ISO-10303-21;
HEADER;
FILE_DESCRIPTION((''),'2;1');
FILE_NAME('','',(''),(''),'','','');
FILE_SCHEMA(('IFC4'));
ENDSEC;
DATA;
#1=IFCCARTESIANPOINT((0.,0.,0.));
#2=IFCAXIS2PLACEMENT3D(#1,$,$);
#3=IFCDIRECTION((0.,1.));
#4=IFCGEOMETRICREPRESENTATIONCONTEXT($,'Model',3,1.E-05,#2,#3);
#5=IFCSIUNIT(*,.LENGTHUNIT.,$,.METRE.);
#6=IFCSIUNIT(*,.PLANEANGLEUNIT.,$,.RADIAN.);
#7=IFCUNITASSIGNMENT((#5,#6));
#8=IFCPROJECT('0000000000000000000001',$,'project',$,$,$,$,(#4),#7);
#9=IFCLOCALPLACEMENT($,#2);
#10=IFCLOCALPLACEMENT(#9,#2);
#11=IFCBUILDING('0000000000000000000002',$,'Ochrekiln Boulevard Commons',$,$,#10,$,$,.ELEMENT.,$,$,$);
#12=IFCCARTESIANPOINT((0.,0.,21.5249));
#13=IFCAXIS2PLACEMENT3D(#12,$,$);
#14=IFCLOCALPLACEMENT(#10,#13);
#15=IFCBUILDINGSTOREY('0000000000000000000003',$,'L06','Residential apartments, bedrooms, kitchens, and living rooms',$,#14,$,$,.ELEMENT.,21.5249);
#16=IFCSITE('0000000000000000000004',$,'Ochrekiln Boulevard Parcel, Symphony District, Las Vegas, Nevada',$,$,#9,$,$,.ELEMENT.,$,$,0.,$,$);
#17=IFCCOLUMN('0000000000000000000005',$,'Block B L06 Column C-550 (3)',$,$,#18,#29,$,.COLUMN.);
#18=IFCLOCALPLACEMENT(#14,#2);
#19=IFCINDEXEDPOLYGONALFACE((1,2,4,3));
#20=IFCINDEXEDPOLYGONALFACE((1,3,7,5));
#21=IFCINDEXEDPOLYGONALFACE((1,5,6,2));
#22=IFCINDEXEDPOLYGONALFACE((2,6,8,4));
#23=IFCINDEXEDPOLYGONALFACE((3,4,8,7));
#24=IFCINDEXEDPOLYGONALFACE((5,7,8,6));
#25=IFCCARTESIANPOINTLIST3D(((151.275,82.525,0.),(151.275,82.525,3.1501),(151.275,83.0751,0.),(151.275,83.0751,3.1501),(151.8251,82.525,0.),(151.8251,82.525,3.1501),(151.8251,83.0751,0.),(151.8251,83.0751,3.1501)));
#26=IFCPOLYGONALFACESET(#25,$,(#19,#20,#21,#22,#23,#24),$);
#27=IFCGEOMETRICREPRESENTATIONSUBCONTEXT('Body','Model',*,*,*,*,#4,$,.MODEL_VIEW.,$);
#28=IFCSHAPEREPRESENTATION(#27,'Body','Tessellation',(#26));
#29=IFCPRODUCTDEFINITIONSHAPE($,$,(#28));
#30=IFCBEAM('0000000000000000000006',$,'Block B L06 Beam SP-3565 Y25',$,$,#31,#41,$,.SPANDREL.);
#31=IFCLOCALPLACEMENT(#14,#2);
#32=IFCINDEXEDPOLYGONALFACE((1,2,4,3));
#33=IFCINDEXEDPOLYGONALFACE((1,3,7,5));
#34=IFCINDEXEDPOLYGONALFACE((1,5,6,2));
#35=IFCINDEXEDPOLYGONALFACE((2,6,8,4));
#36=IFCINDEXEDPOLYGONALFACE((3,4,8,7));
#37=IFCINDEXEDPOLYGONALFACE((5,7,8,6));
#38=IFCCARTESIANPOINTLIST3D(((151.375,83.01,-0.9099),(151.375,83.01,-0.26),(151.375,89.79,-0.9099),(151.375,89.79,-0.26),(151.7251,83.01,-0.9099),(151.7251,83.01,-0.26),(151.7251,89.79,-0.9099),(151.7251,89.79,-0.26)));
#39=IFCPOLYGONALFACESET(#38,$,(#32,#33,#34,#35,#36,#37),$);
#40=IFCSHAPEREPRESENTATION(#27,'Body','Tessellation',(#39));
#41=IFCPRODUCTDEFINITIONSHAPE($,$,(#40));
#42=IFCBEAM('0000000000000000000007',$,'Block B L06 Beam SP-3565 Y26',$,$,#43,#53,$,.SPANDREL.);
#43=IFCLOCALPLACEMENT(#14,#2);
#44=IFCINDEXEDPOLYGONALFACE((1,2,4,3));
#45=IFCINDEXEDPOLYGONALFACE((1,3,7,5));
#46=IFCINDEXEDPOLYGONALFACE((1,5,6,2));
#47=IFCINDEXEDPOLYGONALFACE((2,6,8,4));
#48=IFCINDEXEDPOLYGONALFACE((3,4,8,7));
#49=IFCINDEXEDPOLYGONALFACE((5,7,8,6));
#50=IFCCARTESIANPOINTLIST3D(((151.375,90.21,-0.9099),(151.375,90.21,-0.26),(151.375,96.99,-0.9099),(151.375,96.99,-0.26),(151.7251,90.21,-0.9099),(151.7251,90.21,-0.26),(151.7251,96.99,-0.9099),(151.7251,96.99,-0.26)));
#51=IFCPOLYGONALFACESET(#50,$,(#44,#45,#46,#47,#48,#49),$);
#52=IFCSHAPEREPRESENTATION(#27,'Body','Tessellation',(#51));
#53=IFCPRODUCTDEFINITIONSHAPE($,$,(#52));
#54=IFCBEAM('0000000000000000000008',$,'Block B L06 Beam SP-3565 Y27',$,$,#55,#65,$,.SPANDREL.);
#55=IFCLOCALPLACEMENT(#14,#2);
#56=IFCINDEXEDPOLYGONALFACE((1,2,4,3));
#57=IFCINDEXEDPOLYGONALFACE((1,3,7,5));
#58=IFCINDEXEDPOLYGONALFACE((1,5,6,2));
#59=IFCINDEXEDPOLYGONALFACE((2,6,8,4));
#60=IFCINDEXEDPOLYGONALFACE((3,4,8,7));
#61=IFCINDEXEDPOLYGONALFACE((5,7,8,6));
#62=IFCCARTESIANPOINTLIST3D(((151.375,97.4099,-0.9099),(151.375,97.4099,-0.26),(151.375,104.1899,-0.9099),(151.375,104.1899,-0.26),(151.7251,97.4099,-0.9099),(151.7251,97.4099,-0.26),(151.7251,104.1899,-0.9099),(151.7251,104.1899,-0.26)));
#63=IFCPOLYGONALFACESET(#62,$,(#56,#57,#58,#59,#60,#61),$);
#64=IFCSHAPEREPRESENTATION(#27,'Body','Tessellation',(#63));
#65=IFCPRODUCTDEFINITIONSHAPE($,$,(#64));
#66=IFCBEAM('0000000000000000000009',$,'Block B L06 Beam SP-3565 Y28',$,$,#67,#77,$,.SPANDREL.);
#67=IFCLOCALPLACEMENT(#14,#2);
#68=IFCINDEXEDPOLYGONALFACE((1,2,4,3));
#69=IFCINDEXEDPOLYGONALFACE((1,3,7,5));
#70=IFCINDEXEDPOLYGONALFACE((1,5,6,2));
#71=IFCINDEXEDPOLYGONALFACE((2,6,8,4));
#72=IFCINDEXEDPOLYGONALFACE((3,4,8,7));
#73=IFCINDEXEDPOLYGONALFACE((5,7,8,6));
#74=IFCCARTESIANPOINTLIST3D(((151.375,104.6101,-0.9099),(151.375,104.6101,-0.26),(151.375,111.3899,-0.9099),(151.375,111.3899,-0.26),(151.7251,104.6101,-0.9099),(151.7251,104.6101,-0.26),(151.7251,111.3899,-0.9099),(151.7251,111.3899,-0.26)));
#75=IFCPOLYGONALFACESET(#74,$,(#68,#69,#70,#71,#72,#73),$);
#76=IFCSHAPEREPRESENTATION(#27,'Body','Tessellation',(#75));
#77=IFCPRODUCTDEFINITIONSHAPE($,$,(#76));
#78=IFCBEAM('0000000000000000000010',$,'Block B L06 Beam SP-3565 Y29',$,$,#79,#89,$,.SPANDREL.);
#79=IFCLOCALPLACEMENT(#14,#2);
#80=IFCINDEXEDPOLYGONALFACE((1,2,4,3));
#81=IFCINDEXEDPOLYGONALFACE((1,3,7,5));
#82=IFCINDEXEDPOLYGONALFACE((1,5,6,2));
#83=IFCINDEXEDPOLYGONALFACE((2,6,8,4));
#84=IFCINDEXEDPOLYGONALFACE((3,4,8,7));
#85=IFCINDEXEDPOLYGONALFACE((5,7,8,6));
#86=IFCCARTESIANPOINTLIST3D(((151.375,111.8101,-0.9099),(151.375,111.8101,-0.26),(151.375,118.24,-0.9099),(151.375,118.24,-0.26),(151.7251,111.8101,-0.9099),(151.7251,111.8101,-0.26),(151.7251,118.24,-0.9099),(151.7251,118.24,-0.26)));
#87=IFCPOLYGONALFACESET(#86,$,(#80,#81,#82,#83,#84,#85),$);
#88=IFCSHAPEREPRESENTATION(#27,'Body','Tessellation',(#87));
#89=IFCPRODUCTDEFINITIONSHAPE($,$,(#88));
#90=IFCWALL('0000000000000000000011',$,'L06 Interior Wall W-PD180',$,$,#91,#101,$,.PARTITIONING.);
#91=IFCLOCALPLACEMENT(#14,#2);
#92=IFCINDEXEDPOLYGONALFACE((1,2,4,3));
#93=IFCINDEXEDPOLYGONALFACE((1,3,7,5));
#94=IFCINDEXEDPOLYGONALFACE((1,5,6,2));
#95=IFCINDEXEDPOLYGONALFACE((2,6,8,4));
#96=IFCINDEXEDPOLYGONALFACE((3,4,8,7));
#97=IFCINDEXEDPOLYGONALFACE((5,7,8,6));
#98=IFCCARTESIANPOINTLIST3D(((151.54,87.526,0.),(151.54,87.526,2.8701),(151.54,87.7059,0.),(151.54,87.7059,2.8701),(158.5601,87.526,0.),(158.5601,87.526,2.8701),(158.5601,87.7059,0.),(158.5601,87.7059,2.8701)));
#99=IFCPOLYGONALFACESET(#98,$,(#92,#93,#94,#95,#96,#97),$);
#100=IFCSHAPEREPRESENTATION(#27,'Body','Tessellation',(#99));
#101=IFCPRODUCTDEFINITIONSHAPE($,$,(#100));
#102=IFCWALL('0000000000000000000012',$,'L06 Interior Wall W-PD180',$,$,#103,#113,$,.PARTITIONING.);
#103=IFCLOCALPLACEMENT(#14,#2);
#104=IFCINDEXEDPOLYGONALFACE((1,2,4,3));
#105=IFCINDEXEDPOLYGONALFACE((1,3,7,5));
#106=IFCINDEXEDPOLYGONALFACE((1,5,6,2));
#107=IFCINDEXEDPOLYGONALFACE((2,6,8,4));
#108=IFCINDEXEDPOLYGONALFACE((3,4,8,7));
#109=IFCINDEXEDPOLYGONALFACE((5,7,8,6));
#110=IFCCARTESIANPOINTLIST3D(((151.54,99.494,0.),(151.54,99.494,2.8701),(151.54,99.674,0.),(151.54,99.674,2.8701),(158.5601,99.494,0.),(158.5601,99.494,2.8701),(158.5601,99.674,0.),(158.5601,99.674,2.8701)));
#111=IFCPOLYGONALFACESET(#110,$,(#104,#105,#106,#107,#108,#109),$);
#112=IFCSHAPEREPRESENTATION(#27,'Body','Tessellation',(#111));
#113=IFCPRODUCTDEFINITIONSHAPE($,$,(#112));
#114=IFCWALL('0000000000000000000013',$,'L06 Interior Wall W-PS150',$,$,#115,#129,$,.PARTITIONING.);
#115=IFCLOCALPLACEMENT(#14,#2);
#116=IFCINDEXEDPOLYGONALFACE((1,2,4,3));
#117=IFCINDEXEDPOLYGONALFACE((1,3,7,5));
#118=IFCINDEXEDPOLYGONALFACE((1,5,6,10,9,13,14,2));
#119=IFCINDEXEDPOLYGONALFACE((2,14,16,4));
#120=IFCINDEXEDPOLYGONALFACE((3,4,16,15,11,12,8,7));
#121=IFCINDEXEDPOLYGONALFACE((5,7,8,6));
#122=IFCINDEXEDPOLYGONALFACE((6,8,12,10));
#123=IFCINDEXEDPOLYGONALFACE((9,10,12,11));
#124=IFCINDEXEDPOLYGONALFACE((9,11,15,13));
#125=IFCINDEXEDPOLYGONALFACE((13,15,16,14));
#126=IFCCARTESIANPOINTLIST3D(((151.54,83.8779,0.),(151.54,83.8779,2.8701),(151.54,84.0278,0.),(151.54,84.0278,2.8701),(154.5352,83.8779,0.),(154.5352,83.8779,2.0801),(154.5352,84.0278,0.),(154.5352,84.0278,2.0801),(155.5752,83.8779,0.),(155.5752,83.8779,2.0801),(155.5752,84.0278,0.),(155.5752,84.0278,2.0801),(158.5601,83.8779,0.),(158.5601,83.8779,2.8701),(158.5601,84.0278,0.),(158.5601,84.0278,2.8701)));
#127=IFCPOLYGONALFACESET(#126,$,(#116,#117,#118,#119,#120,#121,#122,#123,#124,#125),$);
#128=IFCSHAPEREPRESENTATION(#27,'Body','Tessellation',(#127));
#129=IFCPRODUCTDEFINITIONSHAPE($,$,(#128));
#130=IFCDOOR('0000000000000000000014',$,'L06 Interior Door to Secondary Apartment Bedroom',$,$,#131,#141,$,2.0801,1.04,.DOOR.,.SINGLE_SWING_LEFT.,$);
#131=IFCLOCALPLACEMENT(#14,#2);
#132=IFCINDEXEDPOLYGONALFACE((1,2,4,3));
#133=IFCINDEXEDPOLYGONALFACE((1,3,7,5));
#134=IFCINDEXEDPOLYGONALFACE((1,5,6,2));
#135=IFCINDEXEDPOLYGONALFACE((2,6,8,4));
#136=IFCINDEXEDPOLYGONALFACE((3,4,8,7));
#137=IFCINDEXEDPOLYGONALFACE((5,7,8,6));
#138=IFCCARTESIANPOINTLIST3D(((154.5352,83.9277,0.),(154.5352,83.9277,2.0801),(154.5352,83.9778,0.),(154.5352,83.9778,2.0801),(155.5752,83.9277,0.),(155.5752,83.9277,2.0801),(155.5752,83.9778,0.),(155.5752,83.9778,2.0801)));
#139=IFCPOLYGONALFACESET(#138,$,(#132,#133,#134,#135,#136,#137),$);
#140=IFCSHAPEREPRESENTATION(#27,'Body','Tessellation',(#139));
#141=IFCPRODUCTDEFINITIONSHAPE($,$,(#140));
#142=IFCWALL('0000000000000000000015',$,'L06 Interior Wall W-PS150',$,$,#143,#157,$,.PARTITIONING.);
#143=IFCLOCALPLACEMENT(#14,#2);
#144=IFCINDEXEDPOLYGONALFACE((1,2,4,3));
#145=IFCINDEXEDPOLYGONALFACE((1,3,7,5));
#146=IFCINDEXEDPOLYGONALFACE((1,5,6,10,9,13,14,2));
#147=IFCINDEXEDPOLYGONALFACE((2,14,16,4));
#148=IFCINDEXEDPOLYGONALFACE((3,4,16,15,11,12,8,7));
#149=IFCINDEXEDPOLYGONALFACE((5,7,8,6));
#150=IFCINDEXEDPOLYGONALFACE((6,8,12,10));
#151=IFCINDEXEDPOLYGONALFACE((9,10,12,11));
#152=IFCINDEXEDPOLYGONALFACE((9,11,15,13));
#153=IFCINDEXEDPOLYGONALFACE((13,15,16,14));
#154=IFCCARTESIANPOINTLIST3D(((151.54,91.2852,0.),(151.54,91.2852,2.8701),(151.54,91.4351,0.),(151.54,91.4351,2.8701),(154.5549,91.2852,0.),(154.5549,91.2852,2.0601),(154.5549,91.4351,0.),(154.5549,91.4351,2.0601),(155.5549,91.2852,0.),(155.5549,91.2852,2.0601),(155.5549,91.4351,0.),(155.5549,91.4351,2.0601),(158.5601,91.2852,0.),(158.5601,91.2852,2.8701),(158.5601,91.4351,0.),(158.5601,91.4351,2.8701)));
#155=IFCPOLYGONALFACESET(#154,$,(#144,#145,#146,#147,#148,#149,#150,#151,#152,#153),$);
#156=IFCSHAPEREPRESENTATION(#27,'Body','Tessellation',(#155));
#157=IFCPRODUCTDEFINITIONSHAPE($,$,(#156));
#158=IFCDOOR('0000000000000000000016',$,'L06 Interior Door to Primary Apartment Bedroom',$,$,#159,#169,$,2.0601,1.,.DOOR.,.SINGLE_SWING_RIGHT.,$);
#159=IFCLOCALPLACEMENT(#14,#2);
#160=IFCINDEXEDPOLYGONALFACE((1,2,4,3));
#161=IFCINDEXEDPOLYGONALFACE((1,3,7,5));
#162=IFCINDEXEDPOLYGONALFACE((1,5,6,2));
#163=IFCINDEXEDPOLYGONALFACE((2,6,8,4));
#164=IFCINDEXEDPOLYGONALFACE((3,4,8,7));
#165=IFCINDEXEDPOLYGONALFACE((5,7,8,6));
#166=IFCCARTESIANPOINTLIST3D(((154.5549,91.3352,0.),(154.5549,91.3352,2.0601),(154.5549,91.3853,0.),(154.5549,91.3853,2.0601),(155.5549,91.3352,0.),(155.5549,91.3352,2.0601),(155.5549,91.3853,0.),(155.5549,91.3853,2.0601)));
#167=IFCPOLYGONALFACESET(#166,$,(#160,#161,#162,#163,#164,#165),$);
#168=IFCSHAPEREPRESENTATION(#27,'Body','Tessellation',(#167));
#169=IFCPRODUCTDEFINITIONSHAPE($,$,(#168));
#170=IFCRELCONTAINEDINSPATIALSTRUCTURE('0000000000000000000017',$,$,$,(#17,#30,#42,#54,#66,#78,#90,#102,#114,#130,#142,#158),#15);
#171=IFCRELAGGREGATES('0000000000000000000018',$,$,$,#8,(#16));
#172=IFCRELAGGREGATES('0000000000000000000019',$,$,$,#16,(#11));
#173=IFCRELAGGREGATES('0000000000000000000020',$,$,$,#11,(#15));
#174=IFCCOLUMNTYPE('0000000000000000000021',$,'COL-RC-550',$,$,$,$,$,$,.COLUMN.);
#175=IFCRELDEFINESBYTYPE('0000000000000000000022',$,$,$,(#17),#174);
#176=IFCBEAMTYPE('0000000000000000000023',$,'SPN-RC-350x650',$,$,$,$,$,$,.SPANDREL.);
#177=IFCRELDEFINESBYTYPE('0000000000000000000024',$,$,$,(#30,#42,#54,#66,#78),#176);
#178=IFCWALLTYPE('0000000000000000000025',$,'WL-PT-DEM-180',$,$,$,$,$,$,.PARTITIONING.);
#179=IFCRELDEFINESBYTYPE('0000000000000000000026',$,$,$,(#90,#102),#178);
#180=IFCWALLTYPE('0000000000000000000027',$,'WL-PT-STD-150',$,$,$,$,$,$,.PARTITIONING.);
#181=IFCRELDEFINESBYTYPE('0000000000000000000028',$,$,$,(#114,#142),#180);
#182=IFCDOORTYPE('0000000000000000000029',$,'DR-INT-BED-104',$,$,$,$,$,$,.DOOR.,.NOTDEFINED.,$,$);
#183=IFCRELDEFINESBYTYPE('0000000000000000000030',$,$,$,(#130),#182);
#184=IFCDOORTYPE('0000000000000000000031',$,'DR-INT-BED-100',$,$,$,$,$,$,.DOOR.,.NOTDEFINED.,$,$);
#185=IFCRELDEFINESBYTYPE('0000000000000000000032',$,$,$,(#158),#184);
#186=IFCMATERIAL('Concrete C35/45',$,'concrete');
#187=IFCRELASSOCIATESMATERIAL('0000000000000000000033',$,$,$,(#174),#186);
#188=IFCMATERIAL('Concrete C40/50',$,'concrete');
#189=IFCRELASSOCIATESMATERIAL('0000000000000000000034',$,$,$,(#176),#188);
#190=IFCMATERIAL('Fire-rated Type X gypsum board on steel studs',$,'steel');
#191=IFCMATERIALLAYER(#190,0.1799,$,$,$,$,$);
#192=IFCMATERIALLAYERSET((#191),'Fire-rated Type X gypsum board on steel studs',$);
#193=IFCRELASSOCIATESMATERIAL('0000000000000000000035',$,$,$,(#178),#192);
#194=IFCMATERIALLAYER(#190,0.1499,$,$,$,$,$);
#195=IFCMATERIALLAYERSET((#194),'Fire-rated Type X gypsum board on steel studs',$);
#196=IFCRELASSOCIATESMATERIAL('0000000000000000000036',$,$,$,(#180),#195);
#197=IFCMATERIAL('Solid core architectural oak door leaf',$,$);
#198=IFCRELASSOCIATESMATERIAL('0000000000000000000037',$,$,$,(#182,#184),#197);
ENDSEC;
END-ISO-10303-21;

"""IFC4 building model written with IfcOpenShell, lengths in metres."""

from ifc_helpers import new_model, si_unit, direction, frame, frame_2d, origin, origin_2d, place, context, subcontext, project, spatial, rectangle, extrude, material, layer, layer_set, material_profile, profile_set, type_object, element, fill, save


model = new_model("IFC4")

# Units and contexts
model_context = context("Model", 3, precision=1e-05, world=origin(), true_north=direction((0.0, 1.0)))
body_context = subcontext(model_context, "Body", "Model", "MODEL_VIEW")
ifc_project = project(units=[si_unit("LENGTHUNIT", "METRE"), si_unit("PLANEANGLEUNIT", "RADIAN")], contexts=[model_context])

# Site, building, storey
site_placement = place(None, origin())
site = spatial("IfcSite", under=ifc_project, at=site_placement, Name="Ochrekiln Boulevard Parcel, Symphony District, Las Vegas, Nevada", CompositionType="ELEMENT", RefElevation=0.0)
building_placement = place(site_placement, origin())
building = spatial("IfcBuilding", under=site, at=building_placement, Name="Ochrekiln Boulevard Commons", CompositionType="ELEMENT")
storey_placement = place(building_placement, frame((0.0, 0.0, 21.5249)))
storey = spatial("IfcBuildingStorey", under=building, at=storey_placement, Name="L06", Description="Residential apartments, bedrooms, kitchens, and living rooms", CompositionType="ELEMENT", Elevation=21.5249)

# Column
ifc_material_1 = material(Name="Concrete C35/45", Category="concrete")
ifc_material_profile_1 = material_profile(ifc_material_1, rectangle(XDim=0.55, YDim=0.55, at=origin_2d()), Name="RC-COL-550x550")
ifc_profile_set_1 = profile_set([ifc_material_profile_1], Name="Concrete C35/45")
column_type = type_object("IfcColumnType", Name="COL-RC-550", PredefinedType="COLUMN", material=ifc_profile_set_1)
column_placement = place(storey_placement, frame((151.55, 82.8, 0.0), z_axis=(0.0, 0.0, 1.0), x_axis=(1.0, 0.0, 0.0)))
element("IfcColumn", 1, at=column_placement, inside=storey, type_object=column_type, Name="Block B L06 Column C-550 (3)", PredefinedType="COLUMN", context=body_context, shape_type="SweptSolid", body=[
    extrude(rectangle(XDim=0.55, YDim=0.55, at=origin_2d()), origin(), (0.0, 0.0, 1.0), 3.1501),
])

# Beams
ifc_material_2 = material(Name="Concrete C40/50", Category="concrete")
ifc_material_profile_2 = material_profile(ifc_material_2, rectangle(XDim=0.3501, YDim=0.6499, at=origin_2d()), Name="RC-SPN-350x650")
ifc_profile_set_2 = profile_set([ifc_material_profile_2], Name="Concrete C40/50")
beam_type = type_object("IfcBeamType", Name="SPN-RC-350x650", PredefinedType="SPANDREL", material=ifc_profile_set_2)
for number, where, z_axis, x_axis, name in (
    (2, (151.55, 83.01, -0.585), (0.0, 1.0, 0.0), (-1.0, 0.0, 0.0), "Block B L06 Beam SP-3565 Y25"),
    (3, (151.55, 90.21, -0.585), (0.0, 1.0, 0.0), (-1.0, 0.0, 0.0), "Block B L06 Beam SP-3565 Y26"),
    (4, (151.55, 97.4099, -0.585), (0.0, 1.0, 0.0), (-1.0, 0.0, 0.0), "Block B L06 Beam SP-3565 Y27"),
):
    element("IfcBeam", number, at=place(storey_placement, frame(where, z_axis=z_axis, x_axis=x_axis)), inside=storey, type_object=beam_type, Name=name, PredefinedType="SPANDREL", context=body_context, shape_type="SweptSolid", body=[
        extrude(rectangle(XDim=0.3501, YDim=0.6499, at=origin_2d()), origin(), (0.0, 0.0, 1.0), 6.78),
    ])
beam_1_placement = place(storey_placement, frame((151.55, 104.6101, -0.585), z_axis=(0.0, 1.0, 0.0), x_axis=(-1.0, 0.0, 0.0)))
element("IfcBeam", 5, at=beam_1_placement, inside=storey, type_object=beam_type, Name="Block B L06 Beam SP-3565 Y28", PredefinedType="SPANDREL", context=body_context, shape_type="SweptSolid", body=[
    extrude(rectangle(XDim=0.3501, YDim=0.6499, at=origin_2d()), origin(), (0.0, 0.0, 1.0), 6.7798),
])
beam_2_placement = place(storey_placement, frame((151.55, 111.8101, -0.585), z_axis=(0.0, 1.0, 0.0), x_axis=(-1.0, 0.0, 0.0)))
element("IfcBeam", 6, at=beam_2_placement, inside=storey, type_object=beam_type, Name="Block B L06 Beam SP-3565 Y29", PredefinedType="SPANDREL", context=body_context, shape_type="SweptSolid", body=[
    extrude(rectangle(XDim=0.3501, YDim=0.6499, at=origin_2d()), origin(), (0.0, 0.0, 1.0), 6.4299),
])

# Walls
ifc_material_3 = material(Name="Fire-rated Type X gypsum board on steel studs", Category="steel")
ifc_layer_1 = layer(ifc_material_3, 0.1799)
ifc_layer_set_1 = layer_set([ifc_layer_1], Name="Fire-rated Type X gypsum board on steel studs")
wall_type_1 = type_object("IfcWallType", Name="WL-PT-DEM-180", PredefinedType="PARTITIONING", material=ifc_layer_set_1)
for number, where, z_axis, x_axis, name in (
    (7, (151.54, 87.616, 0.0), (0.0, 0.0, 1.0), (1.0, 0.0, 0.0), "L06 Interior Wall W-PD180"),
    (8, (151.54, 99.584, 0.0), (0.0, 0.0, 1.0), (1.0, 0.0, 0.0), "L06 Interior Wall W-PD180"),
):
    element("IfcWall", number, at=place(storey_placement, frame(where, z_axis=z_axis, x_axis=x_axis)), inside=storey, type_object=wall_type_1, Name=name, PredefinedType="PARTITIONING", context=body_context, shape_type="SweptSolid", body=[
        extrude(rectangle(XDim=7.02, YDim=0.1799, at=frame_2d((3.51, 0.0))), origin(), (0.0, 0.0, 1.0), 2.8701),
    ])

# Walls, openings, doors
ifc_layer_2 = layer(ifc_material_3, 0.1499)
ifc_layer_set_2 = layer_set([ifc_layer_2], Name="Fire-rated Type X gypsum board on steel studs")
wall_type_2 = type_object("IfcWallType", Name="WL-PT-STD-150", PredefinedType="PARTITIONING", material=ifc_layer_set_2)
wall_1_placement = place(storey_placement, frame((151.54, 83.9529, 0.0), z_axis=(0.0, 0.0, 1.0), x_axis=(1.0, 0.0, 0.0)))
wall_1 = element("IfcWall", 9, at=wall_1_placement, inside=storey, type_object=wall_type_2, Name="L06 Interior Wall W-PS150", PredefinedType="PARTITIONING", context=body_context, shape_type="SweptSolid", body=[
    extrude(rectangle(XDim=7.02, YDim=0.1499, at=frame_2d((3.51, 0.0))), origin(), (0.0, 0.0, 1.0), 2.8701),
])
opening_1_placement = place(wall_1_placement, frame((2.9951, 0.0, 0.0)))
opening_1 = element("IfcOpeningElement", 10, at=opening_1_placement, cuts=wall_1, PredefinedType="OPENING", context=body_context, shape_type="SweptSolid", body=[
    extrude(rectangle(XDim=1.04, YDim=2.0801, at=frame_2d((0.52, 1.04))), frame((0.0, 0.085, 0.0), z_axis=(0.0, -1.0, 0.0), x_axis=(1.0, 0.0, 0.0)), (0.0, 0.0, 1.0), 0.1699),
])
ifc_material_4 = material(Name="Solid core architectural oak door leaf")
door_type_1 = type_object("IfcDoorType", Name="DR-INT-BED-104", OperationType="NOTDEFINED", PredefinedType="DOOR", material=ifc_material_4)
door_1_placement = place(opening_1_placement, origin())
door_1 = element("IfcDoor", 11, at=door_1_placement, inside=storey, type_object=door_type_1, Name="L06 Interior Door to Secondary Apartment Bedroom", OperationType="SINGLE_SWING_LEFT", OverallHeight=2.0801, OverallWidth=1.04, PredefinedType="DOOR", context=body_context, shape_type="SweptSolid", body=[
    extrude(rectangle(XDim=1.04, YDim=2.0801, at=frame_2d((0.52, 1.04))), frame((0.0, 0.0249, 0.0), z_axis=(0.0, -1.0, 0.0), x_axis=(1.0, 0.0, 0.0)), (0.0, 0.0, 1.0), 0.05),
])
fill(opening_1, door_1)
wall_2_placement = place(storey_placement, frame((151.54, 91.3601, 0.0), z_axis=(0.0, 0.0, 1.0), x_axis=(1.0, 0.0, 0.0)))
wall_2 = element("IfcWall", 12, at=wall_2_placement, inside=storey, type_object=wall_type_2, Name="L06 Interior Wall W-PS150", PredefinedType="PARTITIONING", context=body_context, shape_type="SweptSolid", body=[
    extrude(rectangle(XDim=7.02, YDim=0.1499, at=frame_2d((3.51, 0.0))), origin(), (0.0, 0.0, 1.0), 2.8701),
])
opening_2_placement = place(wall_2_placement, frame((3.0149, 0.0, 0.0)))
opening_2 = element("IfcOpeningElement", 13, at=opening_2_placement, cuts=wall_2, PredefinedType="OPENING", context=body_context, shape_type="SweptSolid", body=[
    extrude(rectangle(XDim=1.0, YDim=2.0601, at=frame_2d((0.5, 1.03))), frame((0.0, 0.085, 0.0), z_axis=(0.0, -1.0, 0.0), x_axis=(1.0, 0.0, 0.0)), (0.0, 0.0, 1.0), 0.1699),
])
door_type_2 = type_object("IfcDoorType", Name="DR-INT-BED-100", OperationType="NOTDEFINED", PredefinedType="DOOR", material=ifc_material_4)
door_2_placement = place(opening_2_placement, frame((1.0, 0.0, 0.0), z_axis=(0.0, 0.0, 1.0), x_axis=(-1.0, 0.0, 0.0)))
door_2 = element("IfcDoor", 14, at=door_2_placement, inside=storey, type_object=door_type_2, Name="L06 Interior Door to Primary Apartment Bedroom", OperationType="SINGLE_SWING_RIGHT", OverallHeight=2.0601, OverallWidth=1.0, PredefinedType="DOOR", context=body_context, shape_type="SweptSolid", body=[
    extrude(rectangle(XDim=1.0, YDim=2.0601, at=frame_2d((0.5, 1.03))), frame((0.0, 0.0249, 0.0), z_axis=(0.0, -1.0, 0.0), x_axis=(1.0, 0.0, 0.0)), (0.0, 0.0, 1.0), 0.05),
])
fill(opening_2, door_2)

save(model, "model.ifc")
